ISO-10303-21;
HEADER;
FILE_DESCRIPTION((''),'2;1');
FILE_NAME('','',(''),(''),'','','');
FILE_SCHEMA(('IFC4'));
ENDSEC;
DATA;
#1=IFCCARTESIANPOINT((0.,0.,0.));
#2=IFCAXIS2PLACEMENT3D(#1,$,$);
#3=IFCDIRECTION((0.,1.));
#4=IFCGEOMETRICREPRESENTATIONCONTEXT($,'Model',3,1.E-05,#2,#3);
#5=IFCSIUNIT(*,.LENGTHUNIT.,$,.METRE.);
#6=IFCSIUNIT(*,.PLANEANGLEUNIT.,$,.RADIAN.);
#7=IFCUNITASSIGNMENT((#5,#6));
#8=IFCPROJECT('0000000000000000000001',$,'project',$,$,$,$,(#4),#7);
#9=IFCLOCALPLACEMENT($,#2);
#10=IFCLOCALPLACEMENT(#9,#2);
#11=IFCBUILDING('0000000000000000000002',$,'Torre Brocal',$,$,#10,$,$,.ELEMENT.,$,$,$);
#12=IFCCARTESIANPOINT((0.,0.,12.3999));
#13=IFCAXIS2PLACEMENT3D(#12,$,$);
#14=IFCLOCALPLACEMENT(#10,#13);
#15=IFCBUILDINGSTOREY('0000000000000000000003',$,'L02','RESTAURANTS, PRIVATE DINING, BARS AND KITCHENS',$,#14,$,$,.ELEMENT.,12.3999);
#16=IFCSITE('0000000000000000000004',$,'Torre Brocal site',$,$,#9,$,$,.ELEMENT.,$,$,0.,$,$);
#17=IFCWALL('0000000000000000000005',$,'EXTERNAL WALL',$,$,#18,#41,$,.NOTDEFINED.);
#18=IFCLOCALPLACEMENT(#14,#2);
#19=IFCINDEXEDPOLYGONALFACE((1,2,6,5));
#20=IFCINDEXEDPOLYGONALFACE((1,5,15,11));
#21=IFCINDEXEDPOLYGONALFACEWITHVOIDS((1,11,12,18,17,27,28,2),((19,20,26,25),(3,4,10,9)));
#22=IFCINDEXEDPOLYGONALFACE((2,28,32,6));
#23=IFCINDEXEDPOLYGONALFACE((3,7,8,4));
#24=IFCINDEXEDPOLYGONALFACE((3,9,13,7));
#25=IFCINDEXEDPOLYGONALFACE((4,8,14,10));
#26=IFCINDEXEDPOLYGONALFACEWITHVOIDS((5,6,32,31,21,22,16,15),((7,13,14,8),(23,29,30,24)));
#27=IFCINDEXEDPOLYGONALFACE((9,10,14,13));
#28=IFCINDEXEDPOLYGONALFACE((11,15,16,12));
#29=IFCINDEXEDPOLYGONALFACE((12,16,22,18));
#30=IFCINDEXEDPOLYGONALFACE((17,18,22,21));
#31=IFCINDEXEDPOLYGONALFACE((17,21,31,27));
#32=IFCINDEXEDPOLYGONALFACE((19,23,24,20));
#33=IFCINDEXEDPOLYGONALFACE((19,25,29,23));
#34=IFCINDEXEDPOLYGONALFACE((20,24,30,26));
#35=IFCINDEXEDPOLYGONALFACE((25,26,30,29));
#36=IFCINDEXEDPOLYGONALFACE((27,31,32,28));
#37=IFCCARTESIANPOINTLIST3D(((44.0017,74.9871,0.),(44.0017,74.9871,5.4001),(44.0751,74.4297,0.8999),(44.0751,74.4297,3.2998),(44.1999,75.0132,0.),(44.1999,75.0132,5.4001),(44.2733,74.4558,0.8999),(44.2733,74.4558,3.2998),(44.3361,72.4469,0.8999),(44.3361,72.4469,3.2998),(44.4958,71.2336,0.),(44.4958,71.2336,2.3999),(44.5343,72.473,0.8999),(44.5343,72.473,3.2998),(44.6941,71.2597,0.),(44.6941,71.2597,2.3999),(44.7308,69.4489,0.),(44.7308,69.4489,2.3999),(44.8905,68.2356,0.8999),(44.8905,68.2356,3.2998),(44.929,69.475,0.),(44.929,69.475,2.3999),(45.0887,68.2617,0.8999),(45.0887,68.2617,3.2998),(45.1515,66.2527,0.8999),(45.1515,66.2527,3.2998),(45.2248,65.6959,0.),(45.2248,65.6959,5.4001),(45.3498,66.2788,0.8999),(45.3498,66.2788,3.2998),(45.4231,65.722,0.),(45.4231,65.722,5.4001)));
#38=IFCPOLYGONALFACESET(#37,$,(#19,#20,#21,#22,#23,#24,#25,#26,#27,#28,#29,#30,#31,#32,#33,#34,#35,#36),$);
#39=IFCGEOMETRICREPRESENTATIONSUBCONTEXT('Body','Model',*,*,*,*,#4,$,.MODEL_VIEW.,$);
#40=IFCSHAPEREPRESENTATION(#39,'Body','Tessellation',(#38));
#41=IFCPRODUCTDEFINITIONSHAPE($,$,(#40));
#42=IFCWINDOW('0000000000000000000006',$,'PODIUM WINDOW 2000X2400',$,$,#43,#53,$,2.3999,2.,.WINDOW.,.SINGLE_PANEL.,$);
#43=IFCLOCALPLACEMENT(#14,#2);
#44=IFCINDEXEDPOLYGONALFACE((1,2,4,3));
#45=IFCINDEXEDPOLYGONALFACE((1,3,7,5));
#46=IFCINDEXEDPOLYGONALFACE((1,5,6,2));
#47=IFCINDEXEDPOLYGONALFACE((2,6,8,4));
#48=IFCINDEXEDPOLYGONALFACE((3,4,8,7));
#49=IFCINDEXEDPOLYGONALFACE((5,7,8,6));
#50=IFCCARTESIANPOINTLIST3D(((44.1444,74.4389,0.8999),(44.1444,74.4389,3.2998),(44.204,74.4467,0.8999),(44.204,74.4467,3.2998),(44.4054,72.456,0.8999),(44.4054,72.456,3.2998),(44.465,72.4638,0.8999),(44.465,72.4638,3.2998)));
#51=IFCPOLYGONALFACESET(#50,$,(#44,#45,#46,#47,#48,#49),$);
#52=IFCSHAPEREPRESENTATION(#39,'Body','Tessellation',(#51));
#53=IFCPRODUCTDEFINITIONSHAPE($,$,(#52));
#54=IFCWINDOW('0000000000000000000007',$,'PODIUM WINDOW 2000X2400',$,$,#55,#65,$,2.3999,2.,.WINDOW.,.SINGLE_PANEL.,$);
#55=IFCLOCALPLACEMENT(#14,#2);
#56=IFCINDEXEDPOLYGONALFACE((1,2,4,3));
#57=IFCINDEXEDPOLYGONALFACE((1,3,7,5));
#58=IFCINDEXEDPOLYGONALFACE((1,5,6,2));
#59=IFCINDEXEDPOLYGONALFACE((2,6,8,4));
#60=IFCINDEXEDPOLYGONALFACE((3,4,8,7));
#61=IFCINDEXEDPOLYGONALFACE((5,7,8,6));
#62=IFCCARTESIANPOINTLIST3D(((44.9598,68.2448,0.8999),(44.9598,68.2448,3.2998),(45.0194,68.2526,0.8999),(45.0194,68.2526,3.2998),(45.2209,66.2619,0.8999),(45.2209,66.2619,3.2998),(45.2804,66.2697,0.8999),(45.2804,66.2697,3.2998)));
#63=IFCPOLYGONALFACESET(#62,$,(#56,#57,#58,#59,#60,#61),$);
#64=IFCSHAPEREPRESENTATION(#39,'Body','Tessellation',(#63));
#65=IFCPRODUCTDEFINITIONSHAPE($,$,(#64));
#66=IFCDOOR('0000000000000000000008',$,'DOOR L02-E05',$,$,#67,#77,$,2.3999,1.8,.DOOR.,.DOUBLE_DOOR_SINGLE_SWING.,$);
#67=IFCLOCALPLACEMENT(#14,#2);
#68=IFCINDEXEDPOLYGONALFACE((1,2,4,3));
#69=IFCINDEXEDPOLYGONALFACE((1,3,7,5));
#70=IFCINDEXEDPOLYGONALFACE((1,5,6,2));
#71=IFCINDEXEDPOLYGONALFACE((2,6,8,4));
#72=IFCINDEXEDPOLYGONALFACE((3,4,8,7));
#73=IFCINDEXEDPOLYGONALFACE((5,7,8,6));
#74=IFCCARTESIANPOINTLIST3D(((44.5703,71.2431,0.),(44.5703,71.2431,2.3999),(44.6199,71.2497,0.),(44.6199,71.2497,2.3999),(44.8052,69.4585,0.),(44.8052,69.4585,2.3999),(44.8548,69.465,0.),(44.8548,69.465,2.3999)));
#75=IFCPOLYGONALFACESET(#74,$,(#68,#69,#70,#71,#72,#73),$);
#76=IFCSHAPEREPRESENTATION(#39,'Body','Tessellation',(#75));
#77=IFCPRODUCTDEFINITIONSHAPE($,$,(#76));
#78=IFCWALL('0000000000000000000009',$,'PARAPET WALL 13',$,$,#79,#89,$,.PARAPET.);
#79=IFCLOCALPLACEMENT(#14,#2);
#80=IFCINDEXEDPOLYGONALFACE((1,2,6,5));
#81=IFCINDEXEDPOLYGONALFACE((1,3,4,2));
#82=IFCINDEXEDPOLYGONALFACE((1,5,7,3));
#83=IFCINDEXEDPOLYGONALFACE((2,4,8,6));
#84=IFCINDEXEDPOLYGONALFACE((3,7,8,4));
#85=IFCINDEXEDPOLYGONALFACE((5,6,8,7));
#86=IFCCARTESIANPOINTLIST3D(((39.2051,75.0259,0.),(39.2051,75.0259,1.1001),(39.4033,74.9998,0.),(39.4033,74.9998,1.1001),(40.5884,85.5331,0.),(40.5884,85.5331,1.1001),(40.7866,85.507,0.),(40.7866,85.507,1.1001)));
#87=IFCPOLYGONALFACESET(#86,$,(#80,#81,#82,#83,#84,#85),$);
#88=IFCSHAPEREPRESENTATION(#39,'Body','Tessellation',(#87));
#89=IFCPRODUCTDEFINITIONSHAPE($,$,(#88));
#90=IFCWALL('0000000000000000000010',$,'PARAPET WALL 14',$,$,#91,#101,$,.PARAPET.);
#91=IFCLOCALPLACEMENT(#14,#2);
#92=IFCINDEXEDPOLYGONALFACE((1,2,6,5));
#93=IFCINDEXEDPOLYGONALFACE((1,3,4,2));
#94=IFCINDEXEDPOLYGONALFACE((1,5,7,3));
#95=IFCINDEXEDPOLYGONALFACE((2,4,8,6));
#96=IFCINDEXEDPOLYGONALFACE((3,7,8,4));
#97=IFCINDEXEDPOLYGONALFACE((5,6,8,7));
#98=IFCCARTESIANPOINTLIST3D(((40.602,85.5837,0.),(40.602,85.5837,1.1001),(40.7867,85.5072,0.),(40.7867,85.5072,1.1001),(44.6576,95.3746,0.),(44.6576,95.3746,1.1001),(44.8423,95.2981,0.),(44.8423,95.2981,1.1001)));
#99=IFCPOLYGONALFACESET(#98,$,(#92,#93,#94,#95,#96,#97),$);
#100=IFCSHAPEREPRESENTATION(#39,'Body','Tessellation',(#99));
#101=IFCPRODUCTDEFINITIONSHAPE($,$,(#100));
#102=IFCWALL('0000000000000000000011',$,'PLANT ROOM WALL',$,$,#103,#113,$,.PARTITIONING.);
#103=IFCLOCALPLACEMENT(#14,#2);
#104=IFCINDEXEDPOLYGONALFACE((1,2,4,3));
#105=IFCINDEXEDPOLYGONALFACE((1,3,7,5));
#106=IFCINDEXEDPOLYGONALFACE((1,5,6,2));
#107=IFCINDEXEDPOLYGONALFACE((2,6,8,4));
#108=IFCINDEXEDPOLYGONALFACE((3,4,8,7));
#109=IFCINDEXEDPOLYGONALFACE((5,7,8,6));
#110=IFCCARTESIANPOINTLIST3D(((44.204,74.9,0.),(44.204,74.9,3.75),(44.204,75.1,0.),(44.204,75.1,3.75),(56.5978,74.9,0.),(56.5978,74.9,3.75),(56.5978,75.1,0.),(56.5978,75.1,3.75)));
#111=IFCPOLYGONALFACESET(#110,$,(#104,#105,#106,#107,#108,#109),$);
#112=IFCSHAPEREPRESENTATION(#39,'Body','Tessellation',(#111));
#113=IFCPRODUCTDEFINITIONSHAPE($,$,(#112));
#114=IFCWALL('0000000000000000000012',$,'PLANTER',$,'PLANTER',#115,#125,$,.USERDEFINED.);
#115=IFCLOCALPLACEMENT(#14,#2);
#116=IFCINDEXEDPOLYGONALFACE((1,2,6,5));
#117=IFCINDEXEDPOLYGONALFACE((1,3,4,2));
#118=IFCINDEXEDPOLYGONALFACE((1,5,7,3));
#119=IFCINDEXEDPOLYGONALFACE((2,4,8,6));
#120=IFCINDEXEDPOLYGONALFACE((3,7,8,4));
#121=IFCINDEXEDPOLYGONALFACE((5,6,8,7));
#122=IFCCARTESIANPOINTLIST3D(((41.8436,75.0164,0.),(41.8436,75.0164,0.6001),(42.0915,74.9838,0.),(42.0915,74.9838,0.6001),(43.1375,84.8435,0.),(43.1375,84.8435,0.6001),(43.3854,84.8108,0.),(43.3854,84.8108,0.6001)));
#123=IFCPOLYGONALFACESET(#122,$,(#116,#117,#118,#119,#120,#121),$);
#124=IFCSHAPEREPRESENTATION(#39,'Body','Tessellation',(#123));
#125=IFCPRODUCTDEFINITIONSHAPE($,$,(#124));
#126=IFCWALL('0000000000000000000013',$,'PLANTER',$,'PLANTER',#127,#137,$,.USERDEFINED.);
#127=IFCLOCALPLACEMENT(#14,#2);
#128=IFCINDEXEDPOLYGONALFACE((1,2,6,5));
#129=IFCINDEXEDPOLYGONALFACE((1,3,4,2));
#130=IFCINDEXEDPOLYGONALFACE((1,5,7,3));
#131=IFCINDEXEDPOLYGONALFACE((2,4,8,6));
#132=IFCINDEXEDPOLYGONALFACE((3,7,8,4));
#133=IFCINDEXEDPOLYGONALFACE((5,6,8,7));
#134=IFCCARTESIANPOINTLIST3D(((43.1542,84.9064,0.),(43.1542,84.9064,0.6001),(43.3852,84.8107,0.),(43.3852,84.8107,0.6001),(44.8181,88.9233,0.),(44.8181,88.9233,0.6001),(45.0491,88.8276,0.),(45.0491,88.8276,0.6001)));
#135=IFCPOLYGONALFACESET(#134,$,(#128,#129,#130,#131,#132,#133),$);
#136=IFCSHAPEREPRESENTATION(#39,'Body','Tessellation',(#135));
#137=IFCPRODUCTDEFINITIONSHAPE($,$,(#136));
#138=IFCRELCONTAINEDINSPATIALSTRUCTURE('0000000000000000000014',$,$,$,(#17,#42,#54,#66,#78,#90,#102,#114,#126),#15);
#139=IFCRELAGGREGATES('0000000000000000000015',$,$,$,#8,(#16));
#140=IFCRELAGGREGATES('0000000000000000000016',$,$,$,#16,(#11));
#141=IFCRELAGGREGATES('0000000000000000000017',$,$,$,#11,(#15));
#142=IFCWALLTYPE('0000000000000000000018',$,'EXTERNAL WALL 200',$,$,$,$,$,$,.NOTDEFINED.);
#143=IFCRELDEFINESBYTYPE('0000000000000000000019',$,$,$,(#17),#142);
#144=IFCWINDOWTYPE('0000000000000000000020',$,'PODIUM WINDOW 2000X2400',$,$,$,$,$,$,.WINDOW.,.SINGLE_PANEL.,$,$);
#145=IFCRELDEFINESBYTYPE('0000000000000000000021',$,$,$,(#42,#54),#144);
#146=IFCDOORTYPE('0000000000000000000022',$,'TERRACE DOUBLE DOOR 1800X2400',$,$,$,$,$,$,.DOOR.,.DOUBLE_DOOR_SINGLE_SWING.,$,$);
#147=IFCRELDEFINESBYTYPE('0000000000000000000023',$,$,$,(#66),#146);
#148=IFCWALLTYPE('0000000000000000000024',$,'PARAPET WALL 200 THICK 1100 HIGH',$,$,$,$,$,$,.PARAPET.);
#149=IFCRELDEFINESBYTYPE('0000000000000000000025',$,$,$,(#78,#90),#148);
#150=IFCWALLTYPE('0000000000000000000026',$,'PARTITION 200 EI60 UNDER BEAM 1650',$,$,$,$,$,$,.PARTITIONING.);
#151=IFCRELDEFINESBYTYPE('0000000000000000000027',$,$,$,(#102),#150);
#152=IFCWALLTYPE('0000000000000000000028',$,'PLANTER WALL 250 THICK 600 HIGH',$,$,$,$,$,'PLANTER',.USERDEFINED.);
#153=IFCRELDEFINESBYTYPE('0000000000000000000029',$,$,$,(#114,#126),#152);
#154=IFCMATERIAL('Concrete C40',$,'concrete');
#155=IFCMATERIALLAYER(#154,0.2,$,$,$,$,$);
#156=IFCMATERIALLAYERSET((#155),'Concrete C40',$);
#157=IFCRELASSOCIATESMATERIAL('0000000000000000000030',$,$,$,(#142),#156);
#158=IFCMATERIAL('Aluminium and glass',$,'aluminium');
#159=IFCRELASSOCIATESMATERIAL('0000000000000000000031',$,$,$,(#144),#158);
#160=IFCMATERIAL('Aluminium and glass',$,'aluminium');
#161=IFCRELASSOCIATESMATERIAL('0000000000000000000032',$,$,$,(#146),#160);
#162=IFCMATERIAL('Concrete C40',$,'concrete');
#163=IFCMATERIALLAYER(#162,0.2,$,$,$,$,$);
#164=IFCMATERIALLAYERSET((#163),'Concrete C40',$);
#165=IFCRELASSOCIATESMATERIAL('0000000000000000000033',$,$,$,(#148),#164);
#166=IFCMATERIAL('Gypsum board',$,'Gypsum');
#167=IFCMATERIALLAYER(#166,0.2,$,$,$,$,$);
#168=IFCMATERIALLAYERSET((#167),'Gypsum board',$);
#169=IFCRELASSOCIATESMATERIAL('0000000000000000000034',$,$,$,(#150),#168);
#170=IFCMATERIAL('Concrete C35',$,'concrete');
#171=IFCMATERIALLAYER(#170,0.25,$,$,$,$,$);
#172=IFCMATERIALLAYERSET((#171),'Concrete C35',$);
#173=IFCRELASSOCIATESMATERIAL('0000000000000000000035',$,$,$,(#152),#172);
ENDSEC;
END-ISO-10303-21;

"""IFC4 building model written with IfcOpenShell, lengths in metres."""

from ifc_helpers import new_model, si_unit, direction, frame, frame_2d, origin, place, context, subcontext, project, spatial, rectangle, extrude, material, layer, layer_set, type_object, element, fill, save


model = new_model("IFC4")

# Units and contexts
model_context = context("Model", 3, precision=1e-05, world=origin(), true_north=direction((0.0, 1.0)))
body_context = subcontext(model_context, "Body", "Model", "MODEL_VIEW")
ifc_project = project(units=[si_unit("LENGTHUNIT", "METRE"), si_unit("PLANEANGLEUNIT", "RADIAN")], contexts=[model_context])

# Site, building, storey
site_placement = place(None, origin())
site = spatial("IfcSite", under=ifc_project, at=site_placement, Name="Torre Brocal site", CompositionType="ELEMENT", RefElevation=0.0)
building_placement = place(site_placement, origin())
building = spatial("IfcBuilding", under=site, at=building_placement, Name="Torre Brocal", CompositionType="ELEMENT")
storey_placement = place(building_placement, frame((0.0, 0.0, 12.3999)))
storey = spatial("IfcBuildingStorey", under=building, at=storey_placement, Name="L02", Description="RESTAURANTS, PRIVATE DINING, BARS AND KITCHENS", CompositionType="ELEMENT", Elevation=12.3999)

# Wall, openings, windows, door
ifc_material_1 = material(Name="Concrete C40", Category="concrete")
ifc_layer_1 = layer(ifc_material_1, 0.2)
ifc_layer_set_1 = layer_set([ifc_layer_1], Name="Concrete C40")
wall_type_1 = type_object("IfcWallType", Name="EXTERNAL WALL 200", PredefinedType="NOTDEFINED", material=ifc_layer_set_1)
wall_1_placement = place(storey_placement, frame((44.1008, 75.0, 0.0), z_axis=(0.0, 0.0, 1.0), x_axis=(0.130519, -0.991446, 0.0)))
wall_1 = element("IfcWall", 1, at=wall_1_placement, inside=storey, type_object=wall_type_1, Name="EXTERNAL WALL", PredefinedType="NOTDEFINED", context=body_context, shape_type="SweptSolid", body=[
    extrude(rectangle(XDim=9.3713, YDim=0.2, at=frame_2d((4.6855, 0.0))), origin(), (0.0, 0.0, 1.0), 5.4001),
])
opening_1_placement = place(wall_1_placement, frame((0.562, 0.0, 0.8999)))
opening_1 = element("IfcOpeningElement", 2, at=opening_1_placement, cuts=wall_1, PredefinedType="OPENING", context=body_context, shape_type="SweptSolid", body=[
    extrude(rectangle(XDim=2.0, YDim=2.3999, at=frame_2d((1.0, 1.2))), frame((0.0, 0.1099, 0.0), z_axis=(0.0, -1.0, 0.0), x_axis=(1.0, 0.0, 0.0)), (0.0, 0.0, 1.0), 0.22),
])
opening_2_placement = place(wall_1_placement, frame((3.7859, 0.0, 0.0)))
opening_2 = element("IfcOpeningElement", 3, at=opening_2_placement, cuts=wall_1, PredefinedType="OPENING", context=body_context, shape_type="SweptSolid", body=[
    extrude(rectangle(XDim=1.8, YDim=2.3999, at=frame_2d((0.8999, 1.2))), frame((0.0, 0.1099, 0.0), z_axis=(0.0, -1.0, 0.0), x_axis=(1.0, 0.0, 0.0)), (0.0, 0.0, 1.0), 0.22),
])
opening_3_placement = place(wall_1_placement, frame((6.8096, 0.0, 0.8999)))
opening_3 = element("IfcOpeningElement", 4, at=opening_3_placement, cuts=wall_1, PredefinedType="OPENING", context=body_context, shape_type="SweptSolid", body=[
    extrude(rectangle(XDim=2.0, YDim=2.3999, at=frame_2d((1.0, 1.2))), frame((0.0, 0.1099, 0.0), z_axis=(0.0, -1.0, 0.0), x_axis=(1.0, 0.0, 0.0)), (0.0, 0.0, 1.0), 0.22),
])
ifc_material_2 = material(Name="Aluminium and glass", Category="aluminium")
window_type = type_object("IfcWindowType", Name="PODIUM WINDOW 2000X2400", PartitioningType="SINGLE_PANEL", PredefinedType="WINDOW", material=ifc_material_2)
window_1_placement = place(opening_1_placement, origin())
window_1 = element("IfcWindow", 5, at=window_1_placement, inside=storey, type_object=window_type, Name="PODIUM WINDOW 2000X2400", OverallHeight=2.3999, OverallWidth=2.0, PartitioningType="SINGLE_PANEL", PredefinedType="WINDOW", context=body_context, shape_type="SweptSolid", body=[
    extrude(rectangle(XDim=2.0, YDim=2.3999, at=frame_2d((1.0, 1.2))), frame((0.0, 0.03, 0.0), z_axis=(0.0, -1.0, 0.0), x_axis=(1.0, 0.0, 0.0)), (0.0, 0.0, 1.0), 0.0601),
])
fill(opening_1, window_1)
window_2_placement = place(opening_3_placement, origin())
window_2 = element("IfcWindow", 6, at=window_2_placement, inside=storey, type_object=window_type, Name="PODIUM WINDOW 2000X2400", OverallHeight=2.3999, OverallWidth=2.0, PartitioningType="SINGLE_PANEL", PredefinedType="WINDOW", context=body_context, shape_type="SweptSolid", body=[
    extrude(rectangle(XDim=2.0, YDim=2.3999, at=frame_2d((1.0, 1.2))), frame((0.0, 0.03, 0.0), z_axis=(0.0, -1.0, 0.0), x_axis=(1.0, 0.0, 0.0)), (0.0, 0.0, 1.0), 0.0601),
])
fill(opening_3, window_2)
ifc_material_3 = material(Name="Aluminium and glass", Category="aluminium")
door_type = type_object("IfcDoorType", Name="TERRACE DOUBLE DOOR 1800X2400", OperationType="DOUBLE_DOOR_SINGLE_SWING", PredefinedType="DOOR", material=ifc_material_3)
door_placement = place(opening_2_placement, frame((1.8, 0.0, 0.0), z_axis=(0.0, 0.0, 1.0), x_axis=(-1.0, 0.0, 0.0)))
door = element("IfcDoor", 7, at=door_placement, inside=storey, type_object=door_type, Name="DOOR L02-E05", OperationType="DOUBLE_DOOR_SINGLE_SWING", OverallHeight=2.3999, OverallWidth=1.8, PredefinedType="DOOR", context=body_context, shape_type="SweptSolid", body=[
    extrude(rectangle(XDim=1.8, YDim=2.3999, at=frame_2d((0.8999, 1.2))), frame((0.0, 0.0249, 0.0), z_axis=(0.0, -1.0, 0.0), x_axis=(1.0, 0.0, 0.0)), (0.0, 0.0, 1.0), 0.05),
])
fill(opening_2, door)

# Walls
ifc_material_4 = material(Name="Concrete C40", Category="concrete")
ifc_layer_2 = layer(ifc_material_4, 0.2)
ifc_layer_set_2 = layer_set([ifc_layer_2], Name="Concrete C40")
wall_type_2 = type_object("IfcWallType", Name="PARAPET WALL 200 THICK 1100 HIGH", PredefinedType="PARAPET", material=ifc_layer_set_2)
wall_2_placement = place(storey_placement, frame((39.3042, 75.0129, 0.0), z_axis=(0.0, 0.0, 1.0), x_axis=(0.130525, 0.991445, 0.0)))
element("IfcWall", 8, at=wall_2_placement, inside=storey, type_object=wall_type_2, Name="PARAPET WALL 13", PredefinedType="PARAPET", context=body_context, shape_type="SweptSolid", body=[
    extrude(rectangle(XDim=10.5979, YDim=0.2, at=frame_2d((5.2988, 0.0))), origin(), (0.0, 0.0, 1.0), 1.1001),
])
wall_3_placement = place(storey_placement, frame((40.6943, 85.5454, 0.0), z_axis=(0.0, 0.0, 1.0), x_axis=(0.382691, 0.923876, 0.0)))
element("IfcWall", 9, at=wall_3_placement, inside=storey, type_object=wall_type_2, Name="PARAPET WALL 14", PredefinedType="PARAPET", context=body_context, shape_type="SweptSolid", body=[
    extrude(rectangle(XDim=10.5977, YDim=0.2, at=frame_2d((5.2988, 0.0))), origin(), (0.0, 0.0, 1.0), 1.1001),
])
ifc_material_5 = material(Name="Gypsum board", Category="Gypsum")
ifc_layer_3 = layer(ifc_material_5, 0.2)
ifc_layer_set_3 = layer_set([ifc_layer_3], Name="Gypsum board")
wall_type_3 = type_object("IfcWallType", Name="PARTITION 200 EI60 UNDER BEAM 1650", PredefinedType="PARTITIONING", material=ifc_layer_set_3)
wall_4_placement = place(storey_placement, frame((44.2041, 75.0, 0.0), z_axis=(0.0, 0.0, 1.0), x_axis=(1.0, 0.0, 0.0)))
element("IfcWall", 10, at=wall_4_placement, inside=storey, type_object=wall_type_3, Name="PLANT ROOM WALL", PredefinedType="PARTITIONING", context=body_context, shape_type="SweptSolid", body=[
    extrude(rectangle(XDim=12.3938, YDim=0.2, at=frame_2d((6.1968, 0.0))), origin(), (0.0, 0.0, 1.0), 3.75),
])
ifc_material_6 = material(Name="Concrete C35", Category="concrete")
ifc_layer_4 = layer(ifc_material_6, 0.25)
ifc_layer_set_4 = layer_set([ifc_layer_4], Name="Concrete C35")
wall_type_4 = type_object("IfcWallType", Name="PLANTER WALL 250 THICK 600 HIGH", ElementType="PLANTER", PredefinedType="USERDEFINED", material=ifc_layer_set_4)
wall_5_placement = place(storey_placement, frame((41.9675, 75.0, 0.0), z_axis=(0.0, 0.0, 1.0), x_axis=(0.130544, 0.991443, 0.0)))
element("IfcWall", 11, at=wall_5_placement, inside=storey, type_object=wall_type_4, Name="PLANTER", ObjectType="PLANTER", PredefinedType="USERDEFINED", context=body_context, shape_type="SweptSolid", body=[
    extrude(rectangle(XDim=9.9119, YDim=0.25, at=frame_2d((4.9561, 0.0))), origin(), (0.0, 0.0, 1.0), 0.6001),
])
wall_6_placement = place(storey_placement, frame((43.2698, 84.8586, 0.0), z_axis=(0.0, 0.0, 1.0), x_axis=(0.382681, 0.923881, 0.0)))
element("IfcWall", 12, at=wall_6_placement, inside=storey, type_object=wall_type_4, Name="PLANTER", ObjectType="PLANTER", PredefinedType="USERDEFINED", context=body_context, shape_type="SweptSolid", body=[
    extrude(rectangle(XDim=4.3479, YDim=0.25, at=frame_2d((2.1738, 0.0))), origin(), (0.0, 0.0, 1.0), 0.6001),
])

save(model, "model.ifc")
